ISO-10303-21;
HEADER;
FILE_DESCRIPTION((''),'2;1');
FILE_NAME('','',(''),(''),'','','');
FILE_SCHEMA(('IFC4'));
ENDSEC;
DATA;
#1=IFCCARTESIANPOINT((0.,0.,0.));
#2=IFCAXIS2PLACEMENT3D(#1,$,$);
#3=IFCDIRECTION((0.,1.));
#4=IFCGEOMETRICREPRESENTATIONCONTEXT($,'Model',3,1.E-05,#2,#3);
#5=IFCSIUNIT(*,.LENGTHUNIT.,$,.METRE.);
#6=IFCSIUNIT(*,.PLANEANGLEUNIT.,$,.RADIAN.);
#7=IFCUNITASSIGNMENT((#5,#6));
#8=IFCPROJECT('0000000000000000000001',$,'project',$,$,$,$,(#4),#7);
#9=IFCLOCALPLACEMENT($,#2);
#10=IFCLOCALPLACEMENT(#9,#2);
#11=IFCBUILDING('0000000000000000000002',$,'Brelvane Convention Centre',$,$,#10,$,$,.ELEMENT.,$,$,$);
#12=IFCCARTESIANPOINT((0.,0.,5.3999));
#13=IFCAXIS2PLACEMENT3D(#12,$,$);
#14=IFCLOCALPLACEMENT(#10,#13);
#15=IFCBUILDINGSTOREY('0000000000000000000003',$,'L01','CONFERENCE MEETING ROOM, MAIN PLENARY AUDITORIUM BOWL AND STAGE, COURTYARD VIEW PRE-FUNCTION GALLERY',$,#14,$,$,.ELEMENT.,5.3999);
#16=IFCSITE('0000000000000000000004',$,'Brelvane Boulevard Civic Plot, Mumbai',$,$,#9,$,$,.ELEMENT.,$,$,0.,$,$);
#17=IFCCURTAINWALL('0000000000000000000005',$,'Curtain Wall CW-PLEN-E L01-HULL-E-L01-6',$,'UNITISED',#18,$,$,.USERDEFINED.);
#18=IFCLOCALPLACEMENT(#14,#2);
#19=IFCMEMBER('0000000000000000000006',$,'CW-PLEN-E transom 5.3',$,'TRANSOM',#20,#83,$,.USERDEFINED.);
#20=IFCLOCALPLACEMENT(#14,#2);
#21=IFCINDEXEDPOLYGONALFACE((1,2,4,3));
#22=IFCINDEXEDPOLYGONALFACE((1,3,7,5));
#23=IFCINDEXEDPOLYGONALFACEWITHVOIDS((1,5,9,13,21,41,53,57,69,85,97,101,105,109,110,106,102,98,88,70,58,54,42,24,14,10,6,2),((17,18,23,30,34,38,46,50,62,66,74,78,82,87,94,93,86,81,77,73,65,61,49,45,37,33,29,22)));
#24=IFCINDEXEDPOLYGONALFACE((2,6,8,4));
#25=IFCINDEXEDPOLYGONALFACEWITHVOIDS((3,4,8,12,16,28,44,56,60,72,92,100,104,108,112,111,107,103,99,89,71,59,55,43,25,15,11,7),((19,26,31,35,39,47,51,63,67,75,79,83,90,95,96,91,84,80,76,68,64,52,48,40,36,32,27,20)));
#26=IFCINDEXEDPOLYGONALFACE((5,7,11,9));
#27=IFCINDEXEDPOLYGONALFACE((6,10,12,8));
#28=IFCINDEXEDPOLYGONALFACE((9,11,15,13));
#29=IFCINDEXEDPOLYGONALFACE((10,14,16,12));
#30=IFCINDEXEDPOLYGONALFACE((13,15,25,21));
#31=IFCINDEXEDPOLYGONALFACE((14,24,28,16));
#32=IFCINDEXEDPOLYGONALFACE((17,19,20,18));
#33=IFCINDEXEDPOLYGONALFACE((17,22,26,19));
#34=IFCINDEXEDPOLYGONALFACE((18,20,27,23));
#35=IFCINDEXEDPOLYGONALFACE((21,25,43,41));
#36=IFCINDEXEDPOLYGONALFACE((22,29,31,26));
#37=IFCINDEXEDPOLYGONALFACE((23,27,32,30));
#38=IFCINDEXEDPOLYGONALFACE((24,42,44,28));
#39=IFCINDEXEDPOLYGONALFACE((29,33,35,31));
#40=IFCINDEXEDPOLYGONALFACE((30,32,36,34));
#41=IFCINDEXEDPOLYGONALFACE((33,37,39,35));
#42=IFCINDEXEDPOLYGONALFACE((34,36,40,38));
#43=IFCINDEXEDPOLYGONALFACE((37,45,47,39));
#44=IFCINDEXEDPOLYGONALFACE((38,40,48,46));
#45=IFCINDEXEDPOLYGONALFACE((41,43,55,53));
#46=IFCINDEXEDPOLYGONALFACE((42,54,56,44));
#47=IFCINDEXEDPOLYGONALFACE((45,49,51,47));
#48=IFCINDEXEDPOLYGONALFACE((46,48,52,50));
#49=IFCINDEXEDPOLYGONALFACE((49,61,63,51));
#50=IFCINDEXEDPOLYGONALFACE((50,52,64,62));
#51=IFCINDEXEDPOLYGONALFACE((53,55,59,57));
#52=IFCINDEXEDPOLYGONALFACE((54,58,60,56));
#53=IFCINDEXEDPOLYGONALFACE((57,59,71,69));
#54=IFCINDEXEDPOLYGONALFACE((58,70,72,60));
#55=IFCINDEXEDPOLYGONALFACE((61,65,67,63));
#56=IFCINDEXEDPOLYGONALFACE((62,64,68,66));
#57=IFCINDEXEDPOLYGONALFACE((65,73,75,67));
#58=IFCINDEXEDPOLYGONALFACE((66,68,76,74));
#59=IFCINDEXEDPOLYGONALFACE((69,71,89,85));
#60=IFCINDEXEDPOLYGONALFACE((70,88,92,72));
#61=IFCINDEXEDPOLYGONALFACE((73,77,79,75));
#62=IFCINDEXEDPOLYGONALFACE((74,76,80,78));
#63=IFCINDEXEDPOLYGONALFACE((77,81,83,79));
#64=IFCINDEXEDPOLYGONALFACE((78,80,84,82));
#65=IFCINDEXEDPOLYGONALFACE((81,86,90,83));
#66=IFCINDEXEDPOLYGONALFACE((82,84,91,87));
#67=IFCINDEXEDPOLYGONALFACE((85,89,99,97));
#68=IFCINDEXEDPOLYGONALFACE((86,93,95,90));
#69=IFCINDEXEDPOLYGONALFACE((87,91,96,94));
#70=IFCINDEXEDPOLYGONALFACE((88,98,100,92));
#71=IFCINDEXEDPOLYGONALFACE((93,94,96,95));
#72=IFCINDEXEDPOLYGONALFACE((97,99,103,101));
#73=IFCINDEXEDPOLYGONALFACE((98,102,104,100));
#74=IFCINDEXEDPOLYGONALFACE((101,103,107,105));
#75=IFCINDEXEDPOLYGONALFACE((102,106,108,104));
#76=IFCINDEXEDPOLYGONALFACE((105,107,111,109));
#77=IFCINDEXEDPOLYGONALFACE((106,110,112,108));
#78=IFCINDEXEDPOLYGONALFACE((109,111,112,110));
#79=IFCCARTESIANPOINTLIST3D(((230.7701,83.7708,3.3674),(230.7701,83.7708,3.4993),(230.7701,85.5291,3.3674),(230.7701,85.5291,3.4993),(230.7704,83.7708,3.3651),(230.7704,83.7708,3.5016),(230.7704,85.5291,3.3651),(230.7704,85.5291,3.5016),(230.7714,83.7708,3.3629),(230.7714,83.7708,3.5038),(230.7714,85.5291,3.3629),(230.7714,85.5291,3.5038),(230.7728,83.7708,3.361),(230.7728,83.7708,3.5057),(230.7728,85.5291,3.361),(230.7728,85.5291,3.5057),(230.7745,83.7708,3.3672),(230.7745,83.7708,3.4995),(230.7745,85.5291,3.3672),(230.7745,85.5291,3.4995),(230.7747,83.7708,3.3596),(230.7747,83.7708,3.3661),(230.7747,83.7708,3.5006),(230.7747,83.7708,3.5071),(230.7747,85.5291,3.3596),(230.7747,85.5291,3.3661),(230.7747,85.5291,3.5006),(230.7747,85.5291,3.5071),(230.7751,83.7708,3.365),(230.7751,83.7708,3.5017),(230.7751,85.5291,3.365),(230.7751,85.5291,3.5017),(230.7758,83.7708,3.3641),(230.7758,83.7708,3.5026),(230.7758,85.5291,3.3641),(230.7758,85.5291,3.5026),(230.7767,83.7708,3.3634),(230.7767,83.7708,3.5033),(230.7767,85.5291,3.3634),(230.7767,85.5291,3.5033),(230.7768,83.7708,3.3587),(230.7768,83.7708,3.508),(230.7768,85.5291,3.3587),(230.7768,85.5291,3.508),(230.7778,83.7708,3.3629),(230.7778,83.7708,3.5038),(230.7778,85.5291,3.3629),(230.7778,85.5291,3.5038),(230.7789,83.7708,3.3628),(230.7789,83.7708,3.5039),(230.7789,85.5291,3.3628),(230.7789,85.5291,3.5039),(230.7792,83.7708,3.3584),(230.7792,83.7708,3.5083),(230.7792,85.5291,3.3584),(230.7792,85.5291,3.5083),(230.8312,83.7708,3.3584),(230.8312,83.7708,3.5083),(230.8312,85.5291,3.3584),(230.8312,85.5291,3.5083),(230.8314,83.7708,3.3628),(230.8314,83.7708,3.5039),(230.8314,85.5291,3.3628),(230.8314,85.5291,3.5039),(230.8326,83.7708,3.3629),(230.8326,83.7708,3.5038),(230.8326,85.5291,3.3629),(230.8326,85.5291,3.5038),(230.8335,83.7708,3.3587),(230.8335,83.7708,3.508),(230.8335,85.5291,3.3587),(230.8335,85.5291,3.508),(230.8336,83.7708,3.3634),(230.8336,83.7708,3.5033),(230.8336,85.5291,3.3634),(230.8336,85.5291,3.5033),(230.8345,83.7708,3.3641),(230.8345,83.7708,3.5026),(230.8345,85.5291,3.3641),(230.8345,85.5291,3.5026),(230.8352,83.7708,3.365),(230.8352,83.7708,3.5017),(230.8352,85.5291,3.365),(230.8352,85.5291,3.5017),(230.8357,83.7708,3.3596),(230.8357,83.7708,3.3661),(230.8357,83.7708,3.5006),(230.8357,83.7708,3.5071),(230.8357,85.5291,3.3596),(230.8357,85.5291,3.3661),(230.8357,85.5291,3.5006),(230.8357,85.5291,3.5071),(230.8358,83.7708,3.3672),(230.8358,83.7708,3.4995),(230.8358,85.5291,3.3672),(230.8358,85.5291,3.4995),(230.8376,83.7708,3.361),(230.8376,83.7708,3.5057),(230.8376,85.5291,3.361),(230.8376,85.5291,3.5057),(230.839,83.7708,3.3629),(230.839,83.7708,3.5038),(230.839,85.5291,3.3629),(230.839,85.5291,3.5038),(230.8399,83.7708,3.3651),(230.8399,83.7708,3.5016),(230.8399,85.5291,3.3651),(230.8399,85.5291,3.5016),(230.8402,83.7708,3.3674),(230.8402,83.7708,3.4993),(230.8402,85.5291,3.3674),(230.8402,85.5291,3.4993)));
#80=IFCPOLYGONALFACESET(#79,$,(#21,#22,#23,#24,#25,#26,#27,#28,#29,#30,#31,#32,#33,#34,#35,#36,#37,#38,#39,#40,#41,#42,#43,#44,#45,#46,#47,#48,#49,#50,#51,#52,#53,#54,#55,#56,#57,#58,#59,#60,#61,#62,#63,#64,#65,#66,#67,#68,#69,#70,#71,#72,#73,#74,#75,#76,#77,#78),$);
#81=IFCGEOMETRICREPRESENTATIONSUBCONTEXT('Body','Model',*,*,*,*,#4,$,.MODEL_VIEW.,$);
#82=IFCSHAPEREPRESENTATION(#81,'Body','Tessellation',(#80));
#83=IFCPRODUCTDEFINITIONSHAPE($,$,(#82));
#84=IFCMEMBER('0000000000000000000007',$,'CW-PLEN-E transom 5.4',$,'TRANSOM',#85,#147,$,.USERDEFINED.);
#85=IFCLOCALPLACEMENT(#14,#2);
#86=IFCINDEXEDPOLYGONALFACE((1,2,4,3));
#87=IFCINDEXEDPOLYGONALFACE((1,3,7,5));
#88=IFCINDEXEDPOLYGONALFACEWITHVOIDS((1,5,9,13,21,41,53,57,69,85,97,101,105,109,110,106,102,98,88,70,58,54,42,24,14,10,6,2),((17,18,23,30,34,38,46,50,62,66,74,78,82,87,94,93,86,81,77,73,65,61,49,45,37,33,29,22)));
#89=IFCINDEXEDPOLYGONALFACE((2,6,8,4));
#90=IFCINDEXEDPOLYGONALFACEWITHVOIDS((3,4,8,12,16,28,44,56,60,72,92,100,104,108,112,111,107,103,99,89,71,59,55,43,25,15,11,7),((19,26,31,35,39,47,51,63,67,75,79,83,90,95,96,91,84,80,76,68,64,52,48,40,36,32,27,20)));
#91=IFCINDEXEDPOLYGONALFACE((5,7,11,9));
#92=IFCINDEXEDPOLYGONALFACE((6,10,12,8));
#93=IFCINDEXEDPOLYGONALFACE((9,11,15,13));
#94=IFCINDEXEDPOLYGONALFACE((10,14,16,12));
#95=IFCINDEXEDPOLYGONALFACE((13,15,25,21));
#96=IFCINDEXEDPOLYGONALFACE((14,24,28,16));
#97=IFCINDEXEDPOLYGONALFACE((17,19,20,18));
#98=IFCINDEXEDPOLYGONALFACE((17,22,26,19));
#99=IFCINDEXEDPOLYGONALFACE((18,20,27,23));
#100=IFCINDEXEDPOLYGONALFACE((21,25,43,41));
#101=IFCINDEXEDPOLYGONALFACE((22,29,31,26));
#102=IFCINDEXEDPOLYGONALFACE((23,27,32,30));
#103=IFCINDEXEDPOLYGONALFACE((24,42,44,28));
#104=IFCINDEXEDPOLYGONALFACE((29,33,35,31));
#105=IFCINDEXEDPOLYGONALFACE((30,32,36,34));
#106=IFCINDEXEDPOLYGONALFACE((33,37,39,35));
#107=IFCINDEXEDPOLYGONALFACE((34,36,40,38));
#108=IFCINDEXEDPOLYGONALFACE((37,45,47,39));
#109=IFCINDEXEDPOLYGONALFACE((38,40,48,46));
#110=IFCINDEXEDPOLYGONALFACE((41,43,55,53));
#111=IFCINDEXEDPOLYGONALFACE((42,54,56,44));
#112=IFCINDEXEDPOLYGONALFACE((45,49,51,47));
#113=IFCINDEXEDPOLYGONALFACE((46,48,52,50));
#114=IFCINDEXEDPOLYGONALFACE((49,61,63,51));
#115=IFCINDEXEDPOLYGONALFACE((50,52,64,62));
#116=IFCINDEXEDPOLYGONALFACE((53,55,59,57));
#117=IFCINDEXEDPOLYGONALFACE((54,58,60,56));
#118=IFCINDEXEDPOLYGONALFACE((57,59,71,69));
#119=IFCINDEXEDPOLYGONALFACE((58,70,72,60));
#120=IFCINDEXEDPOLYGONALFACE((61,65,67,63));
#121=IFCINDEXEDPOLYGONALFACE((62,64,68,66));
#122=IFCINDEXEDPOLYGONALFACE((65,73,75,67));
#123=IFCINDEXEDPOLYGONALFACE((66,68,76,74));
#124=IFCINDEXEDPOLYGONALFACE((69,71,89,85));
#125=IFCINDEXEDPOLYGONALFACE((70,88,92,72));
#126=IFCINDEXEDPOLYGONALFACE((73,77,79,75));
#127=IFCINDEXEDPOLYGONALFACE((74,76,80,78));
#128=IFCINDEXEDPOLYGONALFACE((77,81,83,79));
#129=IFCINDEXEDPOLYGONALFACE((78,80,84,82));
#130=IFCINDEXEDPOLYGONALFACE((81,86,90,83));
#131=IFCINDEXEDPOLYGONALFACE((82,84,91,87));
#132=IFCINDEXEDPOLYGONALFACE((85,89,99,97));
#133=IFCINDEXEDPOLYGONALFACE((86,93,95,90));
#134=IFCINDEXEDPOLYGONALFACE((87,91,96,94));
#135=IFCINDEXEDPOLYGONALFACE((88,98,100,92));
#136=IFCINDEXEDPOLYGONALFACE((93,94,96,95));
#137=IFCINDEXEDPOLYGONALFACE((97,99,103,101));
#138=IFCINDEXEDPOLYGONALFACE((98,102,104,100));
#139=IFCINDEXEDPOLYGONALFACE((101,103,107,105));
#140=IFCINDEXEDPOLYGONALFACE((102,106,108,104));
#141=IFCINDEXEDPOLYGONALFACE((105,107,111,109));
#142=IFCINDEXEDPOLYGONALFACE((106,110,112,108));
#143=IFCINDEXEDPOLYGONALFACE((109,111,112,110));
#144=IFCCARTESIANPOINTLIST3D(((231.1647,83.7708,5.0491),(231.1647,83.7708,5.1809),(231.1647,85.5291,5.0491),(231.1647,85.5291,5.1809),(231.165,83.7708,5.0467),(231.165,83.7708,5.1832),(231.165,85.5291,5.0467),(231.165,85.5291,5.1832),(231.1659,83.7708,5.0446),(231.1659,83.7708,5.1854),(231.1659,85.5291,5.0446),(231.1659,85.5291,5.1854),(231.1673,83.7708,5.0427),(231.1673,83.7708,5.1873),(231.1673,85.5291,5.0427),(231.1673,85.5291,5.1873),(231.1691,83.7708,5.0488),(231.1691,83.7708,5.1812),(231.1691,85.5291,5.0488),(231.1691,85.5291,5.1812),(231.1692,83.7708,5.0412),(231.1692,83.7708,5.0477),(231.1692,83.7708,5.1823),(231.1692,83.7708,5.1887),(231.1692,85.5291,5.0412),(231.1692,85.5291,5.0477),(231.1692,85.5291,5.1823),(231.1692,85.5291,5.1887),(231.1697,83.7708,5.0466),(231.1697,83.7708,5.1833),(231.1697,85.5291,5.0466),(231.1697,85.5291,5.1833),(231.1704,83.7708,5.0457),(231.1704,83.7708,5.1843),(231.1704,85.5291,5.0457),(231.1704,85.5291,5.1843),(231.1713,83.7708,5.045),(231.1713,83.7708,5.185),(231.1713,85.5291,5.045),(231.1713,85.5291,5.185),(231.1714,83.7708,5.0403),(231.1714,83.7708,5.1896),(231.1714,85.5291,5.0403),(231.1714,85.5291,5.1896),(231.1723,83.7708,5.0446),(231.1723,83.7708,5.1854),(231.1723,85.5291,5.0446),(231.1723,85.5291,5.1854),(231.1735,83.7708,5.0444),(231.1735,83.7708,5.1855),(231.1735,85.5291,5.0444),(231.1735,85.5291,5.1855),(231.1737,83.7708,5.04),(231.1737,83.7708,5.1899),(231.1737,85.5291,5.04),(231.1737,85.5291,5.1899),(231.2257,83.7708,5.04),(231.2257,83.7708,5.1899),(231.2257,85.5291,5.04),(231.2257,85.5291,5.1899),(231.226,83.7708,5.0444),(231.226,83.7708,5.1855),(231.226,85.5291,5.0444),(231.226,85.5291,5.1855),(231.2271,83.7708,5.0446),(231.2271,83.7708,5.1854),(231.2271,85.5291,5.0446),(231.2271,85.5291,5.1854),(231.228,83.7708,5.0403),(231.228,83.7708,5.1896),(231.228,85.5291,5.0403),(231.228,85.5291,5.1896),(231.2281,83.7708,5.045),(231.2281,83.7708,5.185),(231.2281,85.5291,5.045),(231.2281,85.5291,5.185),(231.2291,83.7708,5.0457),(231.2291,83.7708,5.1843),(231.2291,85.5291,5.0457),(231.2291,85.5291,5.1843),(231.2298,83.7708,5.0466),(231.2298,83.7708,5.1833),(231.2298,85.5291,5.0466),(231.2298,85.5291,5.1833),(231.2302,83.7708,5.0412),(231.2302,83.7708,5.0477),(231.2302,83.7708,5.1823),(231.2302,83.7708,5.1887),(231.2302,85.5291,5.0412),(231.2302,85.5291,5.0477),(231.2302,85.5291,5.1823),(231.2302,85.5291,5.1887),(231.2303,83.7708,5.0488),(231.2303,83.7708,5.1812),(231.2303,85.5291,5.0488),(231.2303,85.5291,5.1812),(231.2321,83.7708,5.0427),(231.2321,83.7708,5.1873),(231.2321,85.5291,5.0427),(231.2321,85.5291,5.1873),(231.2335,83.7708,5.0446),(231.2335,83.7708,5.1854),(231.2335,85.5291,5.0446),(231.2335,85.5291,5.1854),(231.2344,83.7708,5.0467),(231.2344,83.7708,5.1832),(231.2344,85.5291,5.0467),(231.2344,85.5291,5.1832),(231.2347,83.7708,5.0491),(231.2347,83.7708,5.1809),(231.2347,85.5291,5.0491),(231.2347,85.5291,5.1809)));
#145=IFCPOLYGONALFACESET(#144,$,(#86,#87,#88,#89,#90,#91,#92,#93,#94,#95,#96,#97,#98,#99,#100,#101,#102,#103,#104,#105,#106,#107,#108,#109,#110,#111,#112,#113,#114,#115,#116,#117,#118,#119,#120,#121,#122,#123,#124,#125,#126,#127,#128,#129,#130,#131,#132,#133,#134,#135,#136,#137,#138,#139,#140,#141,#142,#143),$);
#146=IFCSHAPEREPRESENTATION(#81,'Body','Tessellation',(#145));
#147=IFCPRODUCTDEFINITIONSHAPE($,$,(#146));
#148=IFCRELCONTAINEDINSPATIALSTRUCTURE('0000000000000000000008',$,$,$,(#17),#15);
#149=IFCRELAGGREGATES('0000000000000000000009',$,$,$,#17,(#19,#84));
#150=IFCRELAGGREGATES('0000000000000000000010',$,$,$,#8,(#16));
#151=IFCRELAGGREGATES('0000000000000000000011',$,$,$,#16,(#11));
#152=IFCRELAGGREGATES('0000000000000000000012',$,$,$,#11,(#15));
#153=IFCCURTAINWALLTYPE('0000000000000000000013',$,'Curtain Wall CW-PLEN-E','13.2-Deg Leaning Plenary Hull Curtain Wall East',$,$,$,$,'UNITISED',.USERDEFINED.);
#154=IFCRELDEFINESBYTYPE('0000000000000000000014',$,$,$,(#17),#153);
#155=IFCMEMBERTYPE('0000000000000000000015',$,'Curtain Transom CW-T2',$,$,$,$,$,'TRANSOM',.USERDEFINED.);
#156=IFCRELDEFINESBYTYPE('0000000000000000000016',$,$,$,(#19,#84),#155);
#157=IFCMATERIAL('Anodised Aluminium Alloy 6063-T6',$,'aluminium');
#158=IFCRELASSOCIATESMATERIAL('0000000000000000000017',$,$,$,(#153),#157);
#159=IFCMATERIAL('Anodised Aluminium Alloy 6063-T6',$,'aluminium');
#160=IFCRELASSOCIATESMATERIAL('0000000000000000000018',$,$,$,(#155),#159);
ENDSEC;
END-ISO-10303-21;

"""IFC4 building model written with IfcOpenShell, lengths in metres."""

from ifc_helpers import new_model, si_unit, direction, frame, origin, origin_2d, place, context, subcontext, project, spatial, hollow_rectangle, extrude, material, material_profile, profile_set, type_object, element, aggregate, save


model = new_model("IFC4")

# Units and contexts
model_context = context("Model", 3, precision=1e-05, world=origin(), true_north=direction((0.0, 1.0)))
body_context = subcontext(model_context, "Body", "Model", "MODEL_VIEW")
ifc_project = project(units=[si_unit("LENGTHUNIT", "METRE"), si_unit("PLANEANGLEUNIT", "RADIAN")], contexts=[model_context])

# Site, building, storey
site_placement = place(None, origin())
site = spatial("IfcSite", under=ifc_project, at=site_placement, Name="Brelvane Boulevard Civic Plot, Mumbai", CompositionType="ELEMENT", RefElevation=0.0)
building_placement = place(site_placement, origin())
building = spatial("IfcBuilding", under=site, at=building_placement, Name="Brelvane Convention Centre", CompositionType="ELEMENT")
storey_placement = place(building_placement, frame((0.0, 0.0, 5.3999)))
storey = spatial("IfcBuildingStorey", under=building, at=storey_placement, Name="L01", Description="CONFERENCE MEETING ROOM, MAIN PLENARY AUDITORIUM BOWL AND STAGE, COURTYARD VIEW PRE-FUNCTION GALLERY", CompositionType="ELEMENT", Elevation=5.3999)

# Curtain wall
ifc_material_1 = material(Name="Anodised Aluminium Alloy 6063-T6", Category="aluminium")
curtain_wall_type_1 = type_object("IfcCurtainWallType", Name="Curtain Wall CW-PLEN-E", Description="13.2-Deg Leaning Plenary Hull Curtain Wall East", ElementType="UNITISED", PredefinedType="USERDEFINED", material=ifc_material_1)
curtain_wall_1_placement = place(storey_placement, origin())
curtain_wall_1 = element("IfcCurtainWall", 1, at=curtain_wall_1_placement, inside=storey, type_object=curtain_wall_type_1, Name="Curtain Wall CW-PLEN-E L01-HULL-E-L01-6", ObjectType="UNITISED", PredefinedType="USERDEFINED")

# Members
ifc_material_2 = material(Name="Anodised Aluminium Alloy 6063-T6", Category="aluminium")
ifc_material_profile_1 = material_profile(ifc_material_2, hollow_rectangle(XDim=0.0701, YDim=0.1499, WallThickness=0.0044, InnerFilletRadius=0.0044, OuterFilletRadius=0.009, at=origin_2d()), Name="ALU-T 150x70x4.5")
ifc_profile_set_1 = profile_set([ifc_material_profile_1], Name="Anodised Aluminium Alloy 6063-T6")
member_type_1 = type_object("IfcMemberType", Name="Curtain Transom CW-T2", ElementType="TRANSOM", PredefinedType="USERDEFINED", material=ifc_profile_set_1)
member_1_placement = place(storey_placement, frame((230.8052, 83.7708, 3.4333), z_axis=(0.0, 1.0, 0.0), x_axis=(-1.0, 0.0, 0.0)))
member_1 = element("IfcMember", 2, at=member_1_placement, type_object=member_type_1, Name="CW-PLEN-E transom 5.3", ObjectType="TRANSOM", PredefinedType="USERDEFINED", context=body_context, shape_type="SweptSolid", body=[
    extrude(hollow_rectangle(XDim=0.0701, YDim=0.1499, WallThickness=0.0044, InnerFilletRadius=0.0044, OuterFilletRadius=0.009, at=origin_2d()), origin(), (0.0, 0.0, 1.0), 1.7583),
])
member_2_placement = place(storey_placement, frame((231.1997, 83.7708, 5.115), z_axis=(0.0, 1.0, 0.0), x_axis=(-1.0, 0.0, 0.0)))
member_2 = element("IfcMember", 3, at=member_2_placement, type_object=member_type_1, Name="CW-PLEN-E transom 5.4", ObjectType="TRANSOM", PredefinedType="USERDEFINED", context=body_context, shape_type="SweptSolid", body=[
    extrude(hollow_rectangle(XDim=0.0701, YDim=0.1499, WallThickness=0.0044, InnerFilletRadius=0.0044, OuterFilletRadius=0.009, at=origin_2d()), origin(), (0.0, 0.0, 1.0), 1.7583),
])

aggregate(curtain_wall_1, [member_1, member_2])

save(model, "model.ifc")
